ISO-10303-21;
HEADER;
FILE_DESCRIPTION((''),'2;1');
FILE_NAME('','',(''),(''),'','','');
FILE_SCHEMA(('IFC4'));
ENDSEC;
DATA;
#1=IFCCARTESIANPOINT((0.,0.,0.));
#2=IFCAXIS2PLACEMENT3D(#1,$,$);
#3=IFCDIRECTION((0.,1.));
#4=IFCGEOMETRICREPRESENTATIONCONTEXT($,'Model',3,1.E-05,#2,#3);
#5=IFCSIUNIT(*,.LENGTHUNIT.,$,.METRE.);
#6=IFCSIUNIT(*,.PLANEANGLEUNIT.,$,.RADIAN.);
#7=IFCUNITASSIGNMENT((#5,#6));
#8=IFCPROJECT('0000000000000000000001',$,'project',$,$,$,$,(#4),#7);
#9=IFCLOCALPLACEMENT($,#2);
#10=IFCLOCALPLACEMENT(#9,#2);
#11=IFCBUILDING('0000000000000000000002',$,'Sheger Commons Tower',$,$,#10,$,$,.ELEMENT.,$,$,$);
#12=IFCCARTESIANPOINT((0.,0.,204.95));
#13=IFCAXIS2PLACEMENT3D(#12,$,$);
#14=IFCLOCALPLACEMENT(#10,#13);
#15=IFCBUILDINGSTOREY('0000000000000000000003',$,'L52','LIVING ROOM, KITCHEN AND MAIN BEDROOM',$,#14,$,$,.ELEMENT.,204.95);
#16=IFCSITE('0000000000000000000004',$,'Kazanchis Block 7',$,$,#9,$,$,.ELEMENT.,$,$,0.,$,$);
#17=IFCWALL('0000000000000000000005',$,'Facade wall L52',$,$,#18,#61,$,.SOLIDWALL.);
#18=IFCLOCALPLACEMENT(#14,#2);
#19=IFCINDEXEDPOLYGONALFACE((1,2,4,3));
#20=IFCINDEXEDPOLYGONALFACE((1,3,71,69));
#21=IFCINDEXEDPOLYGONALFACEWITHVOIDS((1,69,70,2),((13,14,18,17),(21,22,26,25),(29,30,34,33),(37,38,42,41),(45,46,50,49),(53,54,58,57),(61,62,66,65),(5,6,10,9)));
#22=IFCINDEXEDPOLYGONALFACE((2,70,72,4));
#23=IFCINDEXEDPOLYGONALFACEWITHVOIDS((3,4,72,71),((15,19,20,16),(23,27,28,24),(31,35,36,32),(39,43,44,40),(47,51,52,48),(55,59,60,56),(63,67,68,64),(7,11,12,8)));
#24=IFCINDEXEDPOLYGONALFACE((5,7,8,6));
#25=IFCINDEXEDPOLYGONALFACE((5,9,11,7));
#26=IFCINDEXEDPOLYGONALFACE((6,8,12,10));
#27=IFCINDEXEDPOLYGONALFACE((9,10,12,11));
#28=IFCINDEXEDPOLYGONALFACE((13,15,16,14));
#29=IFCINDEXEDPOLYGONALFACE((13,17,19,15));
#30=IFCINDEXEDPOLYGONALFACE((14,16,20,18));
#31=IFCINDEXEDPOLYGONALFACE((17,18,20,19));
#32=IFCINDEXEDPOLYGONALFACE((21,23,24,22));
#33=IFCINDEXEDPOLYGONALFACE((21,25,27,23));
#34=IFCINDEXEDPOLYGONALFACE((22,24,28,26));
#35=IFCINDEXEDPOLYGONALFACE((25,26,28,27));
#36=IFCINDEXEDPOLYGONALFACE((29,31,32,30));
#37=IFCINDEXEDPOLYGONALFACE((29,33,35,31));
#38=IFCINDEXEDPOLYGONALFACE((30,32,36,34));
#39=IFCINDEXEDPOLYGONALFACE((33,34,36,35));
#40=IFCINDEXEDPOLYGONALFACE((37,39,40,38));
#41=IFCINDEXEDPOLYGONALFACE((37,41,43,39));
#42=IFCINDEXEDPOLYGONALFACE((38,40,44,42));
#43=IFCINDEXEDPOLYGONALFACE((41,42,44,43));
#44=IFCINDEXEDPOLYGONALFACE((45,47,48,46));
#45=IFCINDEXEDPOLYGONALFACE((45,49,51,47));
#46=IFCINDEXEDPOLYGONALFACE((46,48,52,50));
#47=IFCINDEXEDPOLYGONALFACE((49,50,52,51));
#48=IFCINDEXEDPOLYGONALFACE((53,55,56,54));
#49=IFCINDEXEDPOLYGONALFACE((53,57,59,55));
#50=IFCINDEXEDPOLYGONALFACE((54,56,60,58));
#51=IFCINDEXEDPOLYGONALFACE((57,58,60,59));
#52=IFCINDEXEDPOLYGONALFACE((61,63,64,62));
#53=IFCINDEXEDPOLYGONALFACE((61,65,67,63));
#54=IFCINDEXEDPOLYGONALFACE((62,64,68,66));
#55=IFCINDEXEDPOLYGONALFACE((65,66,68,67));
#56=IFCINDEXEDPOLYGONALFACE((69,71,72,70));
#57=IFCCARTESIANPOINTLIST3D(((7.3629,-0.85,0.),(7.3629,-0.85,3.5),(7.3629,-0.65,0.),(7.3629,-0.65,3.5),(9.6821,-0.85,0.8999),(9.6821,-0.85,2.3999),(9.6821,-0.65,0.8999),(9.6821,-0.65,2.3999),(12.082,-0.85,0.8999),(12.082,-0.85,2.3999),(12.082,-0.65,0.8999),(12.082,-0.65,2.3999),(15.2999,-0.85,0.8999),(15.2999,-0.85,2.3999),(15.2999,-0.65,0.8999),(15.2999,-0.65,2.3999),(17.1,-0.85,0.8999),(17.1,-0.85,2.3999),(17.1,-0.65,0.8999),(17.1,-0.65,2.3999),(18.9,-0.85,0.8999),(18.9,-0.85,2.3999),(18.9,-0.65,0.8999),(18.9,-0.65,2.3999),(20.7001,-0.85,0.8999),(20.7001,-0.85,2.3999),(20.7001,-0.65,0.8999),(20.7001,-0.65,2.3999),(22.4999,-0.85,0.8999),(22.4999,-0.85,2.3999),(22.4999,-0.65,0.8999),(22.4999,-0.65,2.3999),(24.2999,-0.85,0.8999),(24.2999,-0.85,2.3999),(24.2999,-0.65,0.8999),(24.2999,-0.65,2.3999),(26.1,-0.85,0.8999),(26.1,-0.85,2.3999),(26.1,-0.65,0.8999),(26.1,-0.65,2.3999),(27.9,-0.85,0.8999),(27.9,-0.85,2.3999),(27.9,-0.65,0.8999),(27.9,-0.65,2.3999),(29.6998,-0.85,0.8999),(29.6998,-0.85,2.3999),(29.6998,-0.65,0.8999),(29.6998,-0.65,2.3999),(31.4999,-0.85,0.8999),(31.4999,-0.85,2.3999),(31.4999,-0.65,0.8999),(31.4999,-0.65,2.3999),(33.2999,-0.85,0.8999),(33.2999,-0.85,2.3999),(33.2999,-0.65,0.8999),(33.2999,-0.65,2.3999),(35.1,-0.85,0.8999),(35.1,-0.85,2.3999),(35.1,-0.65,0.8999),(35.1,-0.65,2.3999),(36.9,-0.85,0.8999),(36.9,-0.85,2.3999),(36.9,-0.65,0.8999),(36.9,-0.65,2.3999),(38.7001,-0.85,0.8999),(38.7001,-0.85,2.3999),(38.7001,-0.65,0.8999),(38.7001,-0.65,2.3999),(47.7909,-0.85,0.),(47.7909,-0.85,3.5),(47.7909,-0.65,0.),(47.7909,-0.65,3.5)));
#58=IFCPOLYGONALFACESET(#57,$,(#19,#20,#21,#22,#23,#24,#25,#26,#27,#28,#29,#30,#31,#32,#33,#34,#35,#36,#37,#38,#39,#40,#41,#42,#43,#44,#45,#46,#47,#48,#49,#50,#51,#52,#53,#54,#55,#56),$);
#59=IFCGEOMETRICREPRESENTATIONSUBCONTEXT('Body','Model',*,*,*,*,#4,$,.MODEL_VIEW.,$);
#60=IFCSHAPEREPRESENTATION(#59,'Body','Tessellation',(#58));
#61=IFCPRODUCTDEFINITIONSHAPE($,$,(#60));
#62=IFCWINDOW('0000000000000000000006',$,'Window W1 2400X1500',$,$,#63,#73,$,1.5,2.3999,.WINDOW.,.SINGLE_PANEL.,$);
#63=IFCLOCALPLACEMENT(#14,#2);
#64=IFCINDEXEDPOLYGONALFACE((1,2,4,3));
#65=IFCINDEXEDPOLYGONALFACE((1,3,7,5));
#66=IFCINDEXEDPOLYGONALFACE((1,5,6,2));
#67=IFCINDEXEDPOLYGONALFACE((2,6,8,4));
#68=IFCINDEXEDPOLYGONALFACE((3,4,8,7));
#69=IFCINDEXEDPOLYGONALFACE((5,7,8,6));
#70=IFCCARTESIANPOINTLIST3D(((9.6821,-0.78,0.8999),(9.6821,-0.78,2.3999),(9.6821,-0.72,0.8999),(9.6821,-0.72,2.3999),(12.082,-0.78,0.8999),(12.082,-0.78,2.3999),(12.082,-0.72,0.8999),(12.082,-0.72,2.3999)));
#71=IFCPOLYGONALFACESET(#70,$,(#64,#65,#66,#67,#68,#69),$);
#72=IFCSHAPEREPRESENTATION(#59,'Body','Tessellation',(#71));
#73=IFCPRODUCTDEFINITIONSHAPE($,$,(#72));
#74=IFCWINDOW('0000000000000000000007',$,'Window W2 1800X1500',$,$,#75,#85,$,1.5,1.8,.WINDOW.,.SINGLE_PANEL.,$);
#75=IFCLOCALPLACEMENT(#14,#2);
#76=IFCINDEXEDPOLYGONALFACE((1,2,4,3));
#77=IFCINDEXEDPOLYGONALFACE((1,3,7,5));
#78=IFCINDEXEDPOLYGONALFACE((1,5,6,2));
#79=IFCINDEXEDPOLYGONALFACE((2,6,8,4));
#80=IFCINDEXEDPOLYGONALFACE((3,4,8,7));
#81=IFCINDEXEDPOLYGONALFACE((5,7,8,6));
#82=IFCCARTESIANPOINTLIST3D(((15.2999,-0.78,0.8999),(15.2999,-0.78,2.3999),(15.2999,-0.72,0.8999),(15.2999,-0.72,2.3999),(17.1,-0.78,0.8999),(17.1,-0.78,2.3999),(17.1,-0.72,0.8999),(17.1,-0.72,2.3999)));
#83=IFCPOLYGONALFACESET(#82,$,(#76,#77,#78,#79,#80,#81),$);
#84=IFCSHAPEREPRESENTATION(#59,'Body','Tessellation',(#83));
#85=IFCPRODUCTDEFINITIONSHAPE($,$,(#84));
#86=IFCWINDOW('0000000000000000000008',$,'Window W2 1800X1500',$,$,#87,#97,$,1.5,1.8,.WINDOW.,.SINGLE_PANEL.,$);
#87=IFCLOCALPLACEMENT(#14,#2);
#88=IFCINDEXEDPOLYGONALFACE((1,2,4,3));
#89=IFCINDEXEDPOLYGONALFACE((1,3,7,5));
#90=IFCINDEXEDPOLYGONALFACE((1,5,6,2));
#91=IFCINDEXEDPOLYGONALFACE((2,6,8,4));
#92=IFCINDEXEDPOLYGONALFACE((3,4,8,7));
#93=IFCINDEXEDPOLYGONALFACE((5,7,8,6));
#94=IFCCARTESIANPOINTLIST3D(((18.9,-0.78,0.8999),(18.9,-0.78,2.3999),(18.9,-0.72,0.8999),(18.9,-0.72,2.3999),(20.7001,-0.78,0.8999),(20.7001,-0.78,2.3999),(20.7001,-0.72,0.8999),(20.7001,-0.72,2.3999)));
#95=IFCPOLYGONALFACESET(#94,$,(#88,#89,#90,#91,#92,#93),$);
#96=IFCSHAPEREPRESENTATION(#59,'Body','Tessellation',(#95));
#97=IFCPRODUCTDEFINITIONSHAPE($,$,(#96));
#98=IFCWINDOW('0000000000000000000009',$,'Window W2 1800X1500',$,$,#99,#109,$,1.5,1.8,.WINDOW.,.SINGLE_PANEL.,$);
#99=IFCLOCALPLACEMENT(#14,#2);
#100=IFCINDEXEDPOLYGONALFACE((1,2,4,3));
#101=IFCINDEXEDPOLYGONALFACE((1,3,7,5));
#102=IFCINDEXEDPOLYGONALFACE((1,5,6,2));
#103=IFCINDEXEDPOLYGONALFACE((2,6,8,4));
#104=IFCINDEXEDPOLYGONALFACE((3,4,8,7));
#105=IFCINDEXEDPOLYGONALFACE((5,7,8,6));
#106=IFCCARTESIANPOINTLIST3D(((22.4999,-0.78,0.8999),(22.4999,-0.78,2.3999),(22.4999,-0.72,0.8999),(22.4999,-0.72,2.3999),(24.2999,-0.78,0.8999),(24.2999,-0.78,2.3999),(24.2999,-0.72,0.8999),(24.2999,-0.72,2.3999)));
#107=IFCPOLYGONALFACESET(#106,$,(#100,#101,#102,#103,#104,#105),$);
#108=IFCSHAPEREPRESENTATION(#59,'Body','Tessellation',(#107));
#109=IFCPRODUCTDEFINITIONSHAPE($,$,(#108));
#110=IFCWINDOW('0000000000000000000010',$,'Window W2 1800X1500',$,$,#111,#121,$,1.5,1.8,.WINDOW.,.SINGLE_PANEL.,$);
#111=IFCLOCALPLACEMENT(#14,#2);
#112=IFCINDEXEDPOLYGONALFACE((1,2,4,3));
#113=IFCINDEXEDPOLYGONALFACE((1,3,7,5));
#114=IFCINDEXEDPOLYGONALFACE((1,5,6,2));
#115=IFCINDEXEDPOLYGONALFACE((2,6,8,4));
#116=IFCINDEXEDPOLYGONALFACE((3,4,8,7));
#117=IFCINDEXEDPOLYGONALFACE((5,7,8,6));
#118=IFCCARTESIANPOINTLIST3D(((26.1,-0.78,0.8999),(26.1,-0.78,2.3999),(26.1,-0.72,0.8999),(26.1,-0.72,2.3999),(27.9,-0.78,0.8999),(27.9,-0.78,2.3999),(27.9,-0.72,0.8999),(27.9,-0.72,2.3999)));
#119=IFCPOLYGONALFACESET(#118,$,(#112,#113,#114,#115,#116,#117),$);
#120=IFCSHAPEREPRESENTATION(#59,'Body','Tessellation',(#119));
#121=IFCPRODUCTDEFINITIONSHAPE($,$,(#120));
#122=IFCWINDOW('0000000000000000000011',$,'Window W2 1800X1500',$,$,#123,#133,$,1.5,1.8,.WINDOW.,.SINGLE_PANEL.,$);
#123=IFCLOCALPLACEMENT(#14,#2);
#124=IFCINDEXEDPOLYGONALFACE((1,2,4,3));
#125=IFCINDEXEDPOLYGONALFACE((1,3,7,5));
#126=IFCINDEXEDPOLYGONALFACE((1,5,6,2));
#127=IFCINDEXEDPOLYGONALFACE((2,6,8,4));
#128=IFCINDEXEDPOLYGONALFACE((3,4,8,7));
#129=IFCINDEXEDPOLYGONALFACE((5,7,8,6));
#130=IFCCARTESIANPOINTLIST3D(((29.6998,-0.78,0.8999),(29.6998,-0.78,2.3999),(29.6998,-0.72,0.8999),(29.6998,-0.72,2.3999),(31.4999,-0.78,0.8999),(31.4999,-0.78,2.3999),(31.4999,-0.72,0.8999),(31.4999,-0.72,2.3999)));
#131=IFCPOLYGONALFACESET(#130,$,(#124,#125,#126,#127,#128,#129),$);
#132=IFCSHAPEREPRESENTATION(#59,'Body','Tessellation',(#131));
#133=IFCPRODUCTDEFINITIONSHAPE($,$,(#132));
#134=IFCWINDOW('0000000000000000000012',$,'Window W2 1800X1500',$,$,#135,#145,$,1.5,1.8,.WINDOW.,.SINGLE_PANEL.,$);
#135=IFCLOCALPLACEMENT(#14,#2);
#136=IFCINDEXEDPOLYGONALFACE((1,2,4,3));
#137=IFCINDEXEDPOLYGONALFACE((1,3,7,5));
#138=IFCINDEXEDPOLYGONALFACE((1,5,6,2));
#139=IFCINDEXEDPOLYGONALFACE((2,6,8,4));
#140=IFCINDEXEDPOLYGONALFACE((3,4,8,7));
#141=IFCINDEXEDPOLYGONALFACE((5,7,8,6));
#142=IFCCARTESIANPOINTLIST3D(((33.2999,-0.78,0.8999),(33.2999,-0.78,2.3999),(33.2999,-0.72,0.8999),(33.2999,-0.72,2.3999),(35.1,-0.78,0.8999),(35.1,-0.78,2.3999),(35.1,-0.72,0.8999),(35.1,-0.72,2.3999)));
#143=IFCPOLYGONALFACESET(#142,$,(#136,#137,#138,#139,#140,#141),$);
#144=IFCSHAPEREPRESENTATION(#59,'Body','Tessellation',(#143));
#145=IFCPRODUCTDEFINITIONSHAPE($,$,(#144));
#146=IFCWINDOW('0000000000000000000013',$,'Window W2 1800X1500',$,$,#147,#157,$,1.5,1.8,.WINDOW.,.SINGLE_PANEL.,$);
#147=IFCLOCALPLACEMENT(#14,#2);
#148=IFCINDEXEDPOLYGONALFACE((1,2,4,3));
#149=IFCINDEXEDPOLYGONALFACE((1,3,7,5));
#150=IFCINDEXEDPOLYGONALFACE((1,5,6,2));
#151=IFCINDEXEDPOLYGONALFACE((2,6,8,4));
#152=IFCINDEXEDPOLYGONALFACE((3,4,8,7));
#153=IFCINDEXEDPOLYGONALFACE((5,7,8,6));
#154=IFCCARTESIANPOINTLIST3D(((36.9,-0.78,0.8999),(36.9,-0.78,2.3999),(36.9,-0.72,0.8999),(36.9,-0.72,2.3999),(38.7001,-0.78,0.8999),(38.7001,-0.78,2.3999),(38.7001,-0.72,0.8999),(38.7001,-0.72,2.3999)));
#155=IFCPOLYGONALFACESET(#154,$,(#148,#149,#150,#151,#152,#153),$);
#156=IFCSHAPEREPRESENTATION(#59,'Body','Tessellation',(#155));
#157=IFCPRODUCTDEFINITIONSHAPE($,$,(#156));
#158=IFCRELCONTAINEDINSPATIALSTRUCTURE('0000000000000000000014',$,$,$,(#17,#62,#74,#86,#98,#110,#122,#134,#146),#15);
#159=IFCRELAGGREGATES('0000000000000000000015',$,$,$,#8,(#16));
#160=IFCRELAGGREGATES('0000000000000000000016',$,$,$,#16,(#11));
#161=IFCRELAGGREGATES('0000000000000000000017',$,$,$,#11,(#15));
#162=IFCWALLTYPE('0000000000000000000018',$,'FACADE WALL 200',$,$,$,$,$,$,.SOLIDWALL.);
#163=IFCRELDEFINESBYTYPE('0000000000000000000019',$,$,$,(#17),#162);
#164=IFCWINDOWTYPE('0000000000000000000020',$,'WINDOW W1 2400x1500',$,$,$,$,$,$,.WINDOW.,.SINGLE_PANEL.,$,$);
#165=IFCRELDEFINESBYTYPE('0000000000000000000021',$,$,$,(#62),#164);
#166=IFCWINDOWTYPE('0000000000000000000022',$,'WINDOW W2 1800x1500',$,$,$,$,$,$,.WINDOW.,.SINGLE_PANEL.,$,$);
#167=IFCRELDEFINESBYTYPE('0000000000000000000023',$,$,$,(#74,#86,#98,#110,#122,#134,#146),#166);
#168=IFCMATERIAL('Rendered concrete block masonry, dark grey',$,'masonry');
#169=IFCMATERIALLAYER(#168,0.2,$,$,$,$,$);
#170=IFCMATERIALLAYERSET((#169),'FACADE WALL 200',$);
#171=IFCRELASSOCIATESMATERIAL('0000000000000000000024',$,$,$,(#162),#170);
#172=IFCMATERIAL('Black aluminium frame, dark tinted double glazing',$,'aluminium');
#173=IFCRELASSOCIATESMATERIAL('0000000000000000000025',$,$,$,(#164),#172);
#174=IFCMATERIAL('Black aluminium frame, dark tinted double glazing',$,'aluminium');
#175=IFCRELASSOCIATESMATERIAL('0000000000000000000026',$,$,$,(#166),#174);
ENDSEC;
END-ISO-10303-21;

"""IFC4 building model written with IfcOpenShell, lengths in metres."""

from ifc_helpers import new_model, si_unit, direction, frame, frame_2d, origin, place, context, subcontext, project, spatial, rectangle, extrude, material, layer, layer_set, type_object, element, fill, save


model = new_model("IFC4")

# Units and contexts
model_context = context("Model", 3, precision=1e-05, world=origin(), true_north=direction((0.0, 1.0)))
body_context = subcontext(model_context, "Body", "Model", "MODEL_VIEW")
ifc_project = project(units=[si_unit("LENGTHUNIT", "METRE"), si_unit("PLANEANGLEUNIT", "RADIAN")], contexts=[model_context])

# Site, building, storey
site_placement = place(None, origin())
site = spatial("IfcSite", under=ifc_project, at=site_placement, Name="Kazanchis Block 7", CompositionType="ELEMENT", RefElevation=0.0)
building_placement = place(site_placement, origin())
building = spatial("IfcBuilding", under=site, at=building_placement, Name="Sheger Commons Tower", CompositionType="ELEMENT")
storey_placement = place(building_placement, frame((0.0, 0.0, 204.95)))
storey = spatial("IfcBuildingStorey", under=building, at=storey_placement, Name="L52", Description="LIVING ROOM, KITCHEN AND MAIN BEDROOM", CompositionType="ELEMENT", Elevation=204.95)

# Wall, openings, windows
ifc_material_1 = material(Name="Rendered concrete block masonry, dark grey", Category="masonry")
ifc_layer_1 = layer(ifc_material_1, 0.2)
ifc_layer_set_1 = layer_set([ifc_layer_1], Name="FACADE WALL 200")
wall_type_1 = type_object("IfcWallType", Name="FACADE WALL 200", PredefinedType="SOLIDWALL", material=ifc_layer_set_1)
wall_1_placement = place(storey_placement, frame((7.363, -0.75, 0.0), z_axis=(0.0, 0.0, 1.0), x_axis=(1.0, 0.0, 0.0)))
wall_1 = element("IfcWall", 1, at=wall_1_placement, inside=storey, type_object=wall_type_1, Name="Facade wall L52", PredefinedType="SOLIDWALL", context=body_context, shape_type="SweptSolid", body=[
    extrude(rectangle(XDim=40.428, YDim=0.2, at=frame_2d((20.2139, 0.0))), origin(), (0.0, 0.0, 1.0), 3.5),
])
opening_1_placement = place(wall_1_placement, frame((2.3191, 0.0, 0.8999)))
opening_1 = element("IfcOpeningElement", 2, at=opening_1_placement, cuts=wall_1, PredefinedType="OPENING", context=body_context, shape_type="SweptSolid", body=[
    extrude(rectangle(XDim=2.3999, YDim=1.5, at=frame_2d((1.2, 0.75))), frame((0.0, 0.1099, 0.0), z_axis=(0.0, -1.0, 0.0), x_axis=(1.0, 0.0, 0.0)), (0.0, 0.0, 1.0), 0.22),
])
opening_2_placement = place(wall_1_placement, frame((7.937, 0.0, 0.8999)))
opening_2 = element("IfcOpeningElement", 3, at=opening_2_placement, cuts=wall_1, PredefinedType="OPENING", context=body_context, shape_type="SweptSolid", body=[
    extrude(rectangle(XDim=1.8, YDim=1.5, at=frame_2d((0.8999, 0.75))), frame((0.0, 0.1099, 0.0), z_axis=(0.0, -1.0, 0.0), x_axis=(1.0, 0.0, 0.0)), (0.0, 0.0, 1.0), 0.22),
])
opening_3_placement = place(wall_1_placement, frame((11.5371, 0.0, 0.8999)))
opening_3 = element("IfcOpeningElement", 4, at=opening_3_placement, cuts=wall_1, PredefinedType="OPENING", context=body_context, shape_type="SweptSolid", body=[
    extrude(rectangle(XDim=1.8, YDim=1.5, at=frame_2d((0.8999, 0.75))), frame((0.0, 0.1099, 0.0), z_axis=(0.0, -1.0, 0.0), x_axis=(1.0, 0.0, 0.0)), (0.0, 0.0, 1.0), 0.22),
])
opening_4_placement = place(wall_1_placement, frame((15.137, 0.0, 0.8999)))
opening_4 = element("IfcOpeningElement", 5, at=opening_4_placement, cuts=wall_1, PredefinedType="OPENING", context=body_context, shape_type="SweptSolid", body=[
    extrude(rectangle(XDim=1.8, YDim=1.5, at=frame_2d((0.8999, 0.75))), frame((0.0, 0.1099, 0.0), z_axis=(0.0, -1.0, 0.0), x_axis=(1.0, 0.0, 0.0)), (0.0, 0.0, 1.0), 0.22),
])
opening_5_placement = place(wall_1_placement, frame((18.7371, 0.0, 0.8999)))
opening_5 = element("IfcOpeningElement", 6, at=opening_5_placement, cuts=wall_1, PredefinedType="OPENING", context=body_context, shape_type="SweptSolid", body=[
    extrude(rectangle(XDim=1.8, YDim=1.5, at=frame_2d((0.8999, 0.75))), frame((0.0, 0.1099, 0.0), z_axis=(0.0, -1.0, 0.0), x_axis=(1.0, 0.0, 0.0)), (0.0, 0.0, 1.0), 0.22),
])
opening_6_placement = place(wall_1_placement, frame((22.3369, 0.0, 0.8999)))
opening_6 = element("IfcOpeningElement", 7, at=opening_6_placement, cuts=wall_1, PredefinedType="OPENING", context=body_context, shape_type="SweptSolid", body=[
    extrude(rectangle(XDim=1.8, YDim=1.5, at=frame_2d((0.8999, 0.75))), frame((0.0, 0.1099, 0.0), z_axis=(0.0, -1.0, 0.0), x_axis=(1.0, 0.0, 0.0)), (0.0, 0.0, 1.0), 0.22),
])
opening_7_placement = place(wall_1_placement, frame((25.937, 0.0, 0.8999)))
opening_7 = element("IfcOpeningElement", 8, at=opening_7_placement, cuts=wall_1, PredefinedType="OPENING", context=body_context, shape_type="SweptSolid", body=[
    extrude(rectangle(XDim=1.8, YDim=1.5, at=frame_2d((0.8999, 0.75))), frame((0.0, 0.1099, 0.0), z_axis=(0.0, -1.0, 0.0), x_axis=(1.0, 0.0, 0.0)), (0.0, 0.0, 1.0), 0.22),
])
opening_8_placement = place(wall_1_placement, frame((29.5371, 0.0, 0.8999)))
opening_8 = element("IfcOpeningElement", 9, at=opening_8_placement, cuts=wall_1, PredefinedType="OPENING", context=body_context, shape_type="SweptSolid", body=[
    extrude(rectangle(XDim=1.8, YDim=1.5, at=frame_2d((0.8999, 0.75))), frame((0.0, 0.1099, 0.0), z_axis=(0.0, -1.0, 0.0), x_axis=(1.0, 0.0, 0.0)), (0.0, 0.0, 1.0), 0.22),
])
ifc_material_2 = material(Name="Black aluminium frame, dark tinted double glazing", Category="aluminium")
window_type_1 = type_object("IfcWindowType", Name="WINDOW W1 2400x1500", PartitioningType="SINGLE_PANEL", PredefinedType="WINDOW", material=ifc_material_2)
window_1_placement = place(opening_1_placement, origin())
window_1 = element("IfcWindow", 10, at=window_1_placement, inside=storey, type_object=window_type_1, Name="Window W1 2400X1500", OverallHeight=1.5, OverallWidth=2.3999, PartitioningType="SINGLE_PANEL", PredefinedType="WINDOW", context=body_context, shape_type="SweptSolid", body=[
    extrude(rectangle(XDim=2.3999, YDim=1.5, at=frame_2d((1.2, 0.75))), frame((0.0, 0.03, 0.0), z_axis=(0.0, -1.0, 0.0), x_axis=(1.0, 0.0, 0.0)), (0.0, 0.0, 1.0), 0.0601),
])
fill(opening_1, window_1)
ifc_material_3 = material(Name="Black aluminium frame, dark tinted double glazing", Category="aluminium")
window_type_2 = type_object("IfcWindowType", Name="WINDOW W2 1800x1500", PartitioningType="SINGLE_PANEL", PredefinedType="WINDOW", material=ifc_material_3)
window_2_placement = place(opening_2_placement, origin())
window_2 = element("IfcWindow", 11, at=window_2_placement, inside=storey, type_object=window_type_2, Name="Window W2 1800X1500", OverallHeight=1.5, OverallWidth=1.8, PartitioningType="SINGLE_PANEL", PredefinedType="WINDOW", context=body_context, shape_type="SweptSolid", body=[
    extrude(rectangle(XDim=1.8, YDim=1.5, at=frame_2d((0.8999, 0.75))), frame((0.0, 0.03, 0.0), z_axis=(0.0, -1.0, 0.0), x_axis=(1.0, 0.0, 0.0)), (0.0, 0.0, 1.0), 0.0601),
])
fill(opening_2, window_2)
window_3_placement = place(opening_3_placement, origin())
window_3 = element("IfcWindow", 12, at=window_3_placement, inside=storey, type_object=window_type_2, Name="Window W2 1800X1500", OverallHeight=1.5, OverallWidth=1.8, PartitioningType="SINGLE_PANEL", PredefinedType="WINDOW", context=body_context, shape_type="SweptSolid", body=[
    extrude(rectangle(XDim=1.8, YDim=1.5, at=frame_2d((0.8999, 0.75))), frame((0.0, 0.03, 0.0), z_axis=(0.0, -1.0, 0.0), x_axis=(1.0, 0.0, 0.0)), (0.0, 0.0, 1.0), 0.0601),
])
fill(opening_3, window_3)
window_4_placement = place(opening_4_placement, origin())
window_4 = element("IfcWindow", 13, at=window_4_placement, inside=storey, type_object=window_type_2, Name="Window W2 1800X1500", OverallHeight=1.5, OverallWidth=1.8, PartitioningType="SINGLE_PANEL", PredefinedType="WINDOW", context=body_context, shape_type="SweptSolid", body=[
    extrude(rectangle(XDim=1.8, YDim=1.5, at=frame_2d((0.8999, 0.75))), frame((0.0, 0.03, 0.0), z_axis=(0.0, -1.0, 0.0), x_axis=(1.0, 0.0, 0.0)), (0.0, 0.0, 1.0), 0.0601),
])
fill(opening_4, window_4)
window_5_placement = place(opening_5_placement, origin())
window_5 = element("IfcWindow", 14, at=window_5_placement, inside=storey, type_object=window_type_2, Name="Window W2 1800X1500", OverallHeight=1.5, OverallWidth=1.8, PartitioningType="SINGLE_PANEL", PredefinedType="WINDOW", context=body_context, shape_type="SweptSolid", body=[
    extrude(rectangle(XDim=1.8, YDim=1.5, at=frame_2d((0.8999, 0.75))), frame((0.0, 0.03, 0.0), z_axis=(0.0, -1.0, 0.0), x_axis=(1.0, 0.0, 0.0)), (0.0, 0.0, 1.0), 0.0601),
])
fill(opening_5, window_5)
window_6_placement = place(opening_6_placement, origin())
window_6 = element("IfcWindow", 15, at=window_6_placement, inside=storey, type_object=window_type_2, Name="Window W2 1800X1500", OverallHeight=1.5, OverallWidth=1.8, PartitioningType="SINGLE_PANEL", PredefinedType="WINDOW", context=body_context, shape_type="SweptSolid", body=[
    extrude(rectangle(XDim=1.8, YDim=1.5, at=frame_2d((0.8999, 0.75))), frame((0.0, 0.03, 0.0), z_axis=(0.0, -1.0, 0.0), x_axis=(1.0, 0.0, 0.0)), (0.0, 0.0, 1.0), 0.0601),
])
fill(opening_6, window_6)
window_7_placement = place(opening_7_placement, origin())
window_7 = element("IfcWindow", 16, at=window_7_placement, inside=storey, type_object=window_type_2, Name="Window W2 1800X1500", OverallHeight=1.5, OverallWidth=1.8, PartitioningType="SINGLE_PANEL", PredefinedType="WINDOW", context=body_context, shape_type="SweptSolid", body=[
    extrude(rectangle(XDim=1.8, YDim=1.5, at=frame_2d((0.8999, 0.75))), frame((0.0, 0.03, 0.0), z_axis=(0.0, -1.0, 0.0), x_axis=(1.0, 0.0, 0.0)), (0.0, 0.0, 1.0), 0.0601),
])
fill(opening_7, window_7)
window_8_placement = place(opening_8_placement, origin())
window_8 = element("IfcWindow", 17, at=window_8_placement, inside=storey, type_object=window_type_2, Name="Window W2 1800X1500", OverallHeight=1.5, OverallWidth=1.8, PartitioningType="SINGLE_PANEL", PredefinedType="WINDOW", context=body_context, shape_type="SweptSolid", body=[
    extrude(rectangle(XDim=1.8, YDim=1.5, at=frame_2d((0.8999, 0.75))), frame((0.0, 0.03, 0.0), z_axis=(0.0, -1.0, 0.0), x_axis=(1.0, 0.0, 0.0)), (0.0, 0.0, 1.0), 0.0601),
])
fill(opening_8, window_8)

save(model, "model.ifc")
